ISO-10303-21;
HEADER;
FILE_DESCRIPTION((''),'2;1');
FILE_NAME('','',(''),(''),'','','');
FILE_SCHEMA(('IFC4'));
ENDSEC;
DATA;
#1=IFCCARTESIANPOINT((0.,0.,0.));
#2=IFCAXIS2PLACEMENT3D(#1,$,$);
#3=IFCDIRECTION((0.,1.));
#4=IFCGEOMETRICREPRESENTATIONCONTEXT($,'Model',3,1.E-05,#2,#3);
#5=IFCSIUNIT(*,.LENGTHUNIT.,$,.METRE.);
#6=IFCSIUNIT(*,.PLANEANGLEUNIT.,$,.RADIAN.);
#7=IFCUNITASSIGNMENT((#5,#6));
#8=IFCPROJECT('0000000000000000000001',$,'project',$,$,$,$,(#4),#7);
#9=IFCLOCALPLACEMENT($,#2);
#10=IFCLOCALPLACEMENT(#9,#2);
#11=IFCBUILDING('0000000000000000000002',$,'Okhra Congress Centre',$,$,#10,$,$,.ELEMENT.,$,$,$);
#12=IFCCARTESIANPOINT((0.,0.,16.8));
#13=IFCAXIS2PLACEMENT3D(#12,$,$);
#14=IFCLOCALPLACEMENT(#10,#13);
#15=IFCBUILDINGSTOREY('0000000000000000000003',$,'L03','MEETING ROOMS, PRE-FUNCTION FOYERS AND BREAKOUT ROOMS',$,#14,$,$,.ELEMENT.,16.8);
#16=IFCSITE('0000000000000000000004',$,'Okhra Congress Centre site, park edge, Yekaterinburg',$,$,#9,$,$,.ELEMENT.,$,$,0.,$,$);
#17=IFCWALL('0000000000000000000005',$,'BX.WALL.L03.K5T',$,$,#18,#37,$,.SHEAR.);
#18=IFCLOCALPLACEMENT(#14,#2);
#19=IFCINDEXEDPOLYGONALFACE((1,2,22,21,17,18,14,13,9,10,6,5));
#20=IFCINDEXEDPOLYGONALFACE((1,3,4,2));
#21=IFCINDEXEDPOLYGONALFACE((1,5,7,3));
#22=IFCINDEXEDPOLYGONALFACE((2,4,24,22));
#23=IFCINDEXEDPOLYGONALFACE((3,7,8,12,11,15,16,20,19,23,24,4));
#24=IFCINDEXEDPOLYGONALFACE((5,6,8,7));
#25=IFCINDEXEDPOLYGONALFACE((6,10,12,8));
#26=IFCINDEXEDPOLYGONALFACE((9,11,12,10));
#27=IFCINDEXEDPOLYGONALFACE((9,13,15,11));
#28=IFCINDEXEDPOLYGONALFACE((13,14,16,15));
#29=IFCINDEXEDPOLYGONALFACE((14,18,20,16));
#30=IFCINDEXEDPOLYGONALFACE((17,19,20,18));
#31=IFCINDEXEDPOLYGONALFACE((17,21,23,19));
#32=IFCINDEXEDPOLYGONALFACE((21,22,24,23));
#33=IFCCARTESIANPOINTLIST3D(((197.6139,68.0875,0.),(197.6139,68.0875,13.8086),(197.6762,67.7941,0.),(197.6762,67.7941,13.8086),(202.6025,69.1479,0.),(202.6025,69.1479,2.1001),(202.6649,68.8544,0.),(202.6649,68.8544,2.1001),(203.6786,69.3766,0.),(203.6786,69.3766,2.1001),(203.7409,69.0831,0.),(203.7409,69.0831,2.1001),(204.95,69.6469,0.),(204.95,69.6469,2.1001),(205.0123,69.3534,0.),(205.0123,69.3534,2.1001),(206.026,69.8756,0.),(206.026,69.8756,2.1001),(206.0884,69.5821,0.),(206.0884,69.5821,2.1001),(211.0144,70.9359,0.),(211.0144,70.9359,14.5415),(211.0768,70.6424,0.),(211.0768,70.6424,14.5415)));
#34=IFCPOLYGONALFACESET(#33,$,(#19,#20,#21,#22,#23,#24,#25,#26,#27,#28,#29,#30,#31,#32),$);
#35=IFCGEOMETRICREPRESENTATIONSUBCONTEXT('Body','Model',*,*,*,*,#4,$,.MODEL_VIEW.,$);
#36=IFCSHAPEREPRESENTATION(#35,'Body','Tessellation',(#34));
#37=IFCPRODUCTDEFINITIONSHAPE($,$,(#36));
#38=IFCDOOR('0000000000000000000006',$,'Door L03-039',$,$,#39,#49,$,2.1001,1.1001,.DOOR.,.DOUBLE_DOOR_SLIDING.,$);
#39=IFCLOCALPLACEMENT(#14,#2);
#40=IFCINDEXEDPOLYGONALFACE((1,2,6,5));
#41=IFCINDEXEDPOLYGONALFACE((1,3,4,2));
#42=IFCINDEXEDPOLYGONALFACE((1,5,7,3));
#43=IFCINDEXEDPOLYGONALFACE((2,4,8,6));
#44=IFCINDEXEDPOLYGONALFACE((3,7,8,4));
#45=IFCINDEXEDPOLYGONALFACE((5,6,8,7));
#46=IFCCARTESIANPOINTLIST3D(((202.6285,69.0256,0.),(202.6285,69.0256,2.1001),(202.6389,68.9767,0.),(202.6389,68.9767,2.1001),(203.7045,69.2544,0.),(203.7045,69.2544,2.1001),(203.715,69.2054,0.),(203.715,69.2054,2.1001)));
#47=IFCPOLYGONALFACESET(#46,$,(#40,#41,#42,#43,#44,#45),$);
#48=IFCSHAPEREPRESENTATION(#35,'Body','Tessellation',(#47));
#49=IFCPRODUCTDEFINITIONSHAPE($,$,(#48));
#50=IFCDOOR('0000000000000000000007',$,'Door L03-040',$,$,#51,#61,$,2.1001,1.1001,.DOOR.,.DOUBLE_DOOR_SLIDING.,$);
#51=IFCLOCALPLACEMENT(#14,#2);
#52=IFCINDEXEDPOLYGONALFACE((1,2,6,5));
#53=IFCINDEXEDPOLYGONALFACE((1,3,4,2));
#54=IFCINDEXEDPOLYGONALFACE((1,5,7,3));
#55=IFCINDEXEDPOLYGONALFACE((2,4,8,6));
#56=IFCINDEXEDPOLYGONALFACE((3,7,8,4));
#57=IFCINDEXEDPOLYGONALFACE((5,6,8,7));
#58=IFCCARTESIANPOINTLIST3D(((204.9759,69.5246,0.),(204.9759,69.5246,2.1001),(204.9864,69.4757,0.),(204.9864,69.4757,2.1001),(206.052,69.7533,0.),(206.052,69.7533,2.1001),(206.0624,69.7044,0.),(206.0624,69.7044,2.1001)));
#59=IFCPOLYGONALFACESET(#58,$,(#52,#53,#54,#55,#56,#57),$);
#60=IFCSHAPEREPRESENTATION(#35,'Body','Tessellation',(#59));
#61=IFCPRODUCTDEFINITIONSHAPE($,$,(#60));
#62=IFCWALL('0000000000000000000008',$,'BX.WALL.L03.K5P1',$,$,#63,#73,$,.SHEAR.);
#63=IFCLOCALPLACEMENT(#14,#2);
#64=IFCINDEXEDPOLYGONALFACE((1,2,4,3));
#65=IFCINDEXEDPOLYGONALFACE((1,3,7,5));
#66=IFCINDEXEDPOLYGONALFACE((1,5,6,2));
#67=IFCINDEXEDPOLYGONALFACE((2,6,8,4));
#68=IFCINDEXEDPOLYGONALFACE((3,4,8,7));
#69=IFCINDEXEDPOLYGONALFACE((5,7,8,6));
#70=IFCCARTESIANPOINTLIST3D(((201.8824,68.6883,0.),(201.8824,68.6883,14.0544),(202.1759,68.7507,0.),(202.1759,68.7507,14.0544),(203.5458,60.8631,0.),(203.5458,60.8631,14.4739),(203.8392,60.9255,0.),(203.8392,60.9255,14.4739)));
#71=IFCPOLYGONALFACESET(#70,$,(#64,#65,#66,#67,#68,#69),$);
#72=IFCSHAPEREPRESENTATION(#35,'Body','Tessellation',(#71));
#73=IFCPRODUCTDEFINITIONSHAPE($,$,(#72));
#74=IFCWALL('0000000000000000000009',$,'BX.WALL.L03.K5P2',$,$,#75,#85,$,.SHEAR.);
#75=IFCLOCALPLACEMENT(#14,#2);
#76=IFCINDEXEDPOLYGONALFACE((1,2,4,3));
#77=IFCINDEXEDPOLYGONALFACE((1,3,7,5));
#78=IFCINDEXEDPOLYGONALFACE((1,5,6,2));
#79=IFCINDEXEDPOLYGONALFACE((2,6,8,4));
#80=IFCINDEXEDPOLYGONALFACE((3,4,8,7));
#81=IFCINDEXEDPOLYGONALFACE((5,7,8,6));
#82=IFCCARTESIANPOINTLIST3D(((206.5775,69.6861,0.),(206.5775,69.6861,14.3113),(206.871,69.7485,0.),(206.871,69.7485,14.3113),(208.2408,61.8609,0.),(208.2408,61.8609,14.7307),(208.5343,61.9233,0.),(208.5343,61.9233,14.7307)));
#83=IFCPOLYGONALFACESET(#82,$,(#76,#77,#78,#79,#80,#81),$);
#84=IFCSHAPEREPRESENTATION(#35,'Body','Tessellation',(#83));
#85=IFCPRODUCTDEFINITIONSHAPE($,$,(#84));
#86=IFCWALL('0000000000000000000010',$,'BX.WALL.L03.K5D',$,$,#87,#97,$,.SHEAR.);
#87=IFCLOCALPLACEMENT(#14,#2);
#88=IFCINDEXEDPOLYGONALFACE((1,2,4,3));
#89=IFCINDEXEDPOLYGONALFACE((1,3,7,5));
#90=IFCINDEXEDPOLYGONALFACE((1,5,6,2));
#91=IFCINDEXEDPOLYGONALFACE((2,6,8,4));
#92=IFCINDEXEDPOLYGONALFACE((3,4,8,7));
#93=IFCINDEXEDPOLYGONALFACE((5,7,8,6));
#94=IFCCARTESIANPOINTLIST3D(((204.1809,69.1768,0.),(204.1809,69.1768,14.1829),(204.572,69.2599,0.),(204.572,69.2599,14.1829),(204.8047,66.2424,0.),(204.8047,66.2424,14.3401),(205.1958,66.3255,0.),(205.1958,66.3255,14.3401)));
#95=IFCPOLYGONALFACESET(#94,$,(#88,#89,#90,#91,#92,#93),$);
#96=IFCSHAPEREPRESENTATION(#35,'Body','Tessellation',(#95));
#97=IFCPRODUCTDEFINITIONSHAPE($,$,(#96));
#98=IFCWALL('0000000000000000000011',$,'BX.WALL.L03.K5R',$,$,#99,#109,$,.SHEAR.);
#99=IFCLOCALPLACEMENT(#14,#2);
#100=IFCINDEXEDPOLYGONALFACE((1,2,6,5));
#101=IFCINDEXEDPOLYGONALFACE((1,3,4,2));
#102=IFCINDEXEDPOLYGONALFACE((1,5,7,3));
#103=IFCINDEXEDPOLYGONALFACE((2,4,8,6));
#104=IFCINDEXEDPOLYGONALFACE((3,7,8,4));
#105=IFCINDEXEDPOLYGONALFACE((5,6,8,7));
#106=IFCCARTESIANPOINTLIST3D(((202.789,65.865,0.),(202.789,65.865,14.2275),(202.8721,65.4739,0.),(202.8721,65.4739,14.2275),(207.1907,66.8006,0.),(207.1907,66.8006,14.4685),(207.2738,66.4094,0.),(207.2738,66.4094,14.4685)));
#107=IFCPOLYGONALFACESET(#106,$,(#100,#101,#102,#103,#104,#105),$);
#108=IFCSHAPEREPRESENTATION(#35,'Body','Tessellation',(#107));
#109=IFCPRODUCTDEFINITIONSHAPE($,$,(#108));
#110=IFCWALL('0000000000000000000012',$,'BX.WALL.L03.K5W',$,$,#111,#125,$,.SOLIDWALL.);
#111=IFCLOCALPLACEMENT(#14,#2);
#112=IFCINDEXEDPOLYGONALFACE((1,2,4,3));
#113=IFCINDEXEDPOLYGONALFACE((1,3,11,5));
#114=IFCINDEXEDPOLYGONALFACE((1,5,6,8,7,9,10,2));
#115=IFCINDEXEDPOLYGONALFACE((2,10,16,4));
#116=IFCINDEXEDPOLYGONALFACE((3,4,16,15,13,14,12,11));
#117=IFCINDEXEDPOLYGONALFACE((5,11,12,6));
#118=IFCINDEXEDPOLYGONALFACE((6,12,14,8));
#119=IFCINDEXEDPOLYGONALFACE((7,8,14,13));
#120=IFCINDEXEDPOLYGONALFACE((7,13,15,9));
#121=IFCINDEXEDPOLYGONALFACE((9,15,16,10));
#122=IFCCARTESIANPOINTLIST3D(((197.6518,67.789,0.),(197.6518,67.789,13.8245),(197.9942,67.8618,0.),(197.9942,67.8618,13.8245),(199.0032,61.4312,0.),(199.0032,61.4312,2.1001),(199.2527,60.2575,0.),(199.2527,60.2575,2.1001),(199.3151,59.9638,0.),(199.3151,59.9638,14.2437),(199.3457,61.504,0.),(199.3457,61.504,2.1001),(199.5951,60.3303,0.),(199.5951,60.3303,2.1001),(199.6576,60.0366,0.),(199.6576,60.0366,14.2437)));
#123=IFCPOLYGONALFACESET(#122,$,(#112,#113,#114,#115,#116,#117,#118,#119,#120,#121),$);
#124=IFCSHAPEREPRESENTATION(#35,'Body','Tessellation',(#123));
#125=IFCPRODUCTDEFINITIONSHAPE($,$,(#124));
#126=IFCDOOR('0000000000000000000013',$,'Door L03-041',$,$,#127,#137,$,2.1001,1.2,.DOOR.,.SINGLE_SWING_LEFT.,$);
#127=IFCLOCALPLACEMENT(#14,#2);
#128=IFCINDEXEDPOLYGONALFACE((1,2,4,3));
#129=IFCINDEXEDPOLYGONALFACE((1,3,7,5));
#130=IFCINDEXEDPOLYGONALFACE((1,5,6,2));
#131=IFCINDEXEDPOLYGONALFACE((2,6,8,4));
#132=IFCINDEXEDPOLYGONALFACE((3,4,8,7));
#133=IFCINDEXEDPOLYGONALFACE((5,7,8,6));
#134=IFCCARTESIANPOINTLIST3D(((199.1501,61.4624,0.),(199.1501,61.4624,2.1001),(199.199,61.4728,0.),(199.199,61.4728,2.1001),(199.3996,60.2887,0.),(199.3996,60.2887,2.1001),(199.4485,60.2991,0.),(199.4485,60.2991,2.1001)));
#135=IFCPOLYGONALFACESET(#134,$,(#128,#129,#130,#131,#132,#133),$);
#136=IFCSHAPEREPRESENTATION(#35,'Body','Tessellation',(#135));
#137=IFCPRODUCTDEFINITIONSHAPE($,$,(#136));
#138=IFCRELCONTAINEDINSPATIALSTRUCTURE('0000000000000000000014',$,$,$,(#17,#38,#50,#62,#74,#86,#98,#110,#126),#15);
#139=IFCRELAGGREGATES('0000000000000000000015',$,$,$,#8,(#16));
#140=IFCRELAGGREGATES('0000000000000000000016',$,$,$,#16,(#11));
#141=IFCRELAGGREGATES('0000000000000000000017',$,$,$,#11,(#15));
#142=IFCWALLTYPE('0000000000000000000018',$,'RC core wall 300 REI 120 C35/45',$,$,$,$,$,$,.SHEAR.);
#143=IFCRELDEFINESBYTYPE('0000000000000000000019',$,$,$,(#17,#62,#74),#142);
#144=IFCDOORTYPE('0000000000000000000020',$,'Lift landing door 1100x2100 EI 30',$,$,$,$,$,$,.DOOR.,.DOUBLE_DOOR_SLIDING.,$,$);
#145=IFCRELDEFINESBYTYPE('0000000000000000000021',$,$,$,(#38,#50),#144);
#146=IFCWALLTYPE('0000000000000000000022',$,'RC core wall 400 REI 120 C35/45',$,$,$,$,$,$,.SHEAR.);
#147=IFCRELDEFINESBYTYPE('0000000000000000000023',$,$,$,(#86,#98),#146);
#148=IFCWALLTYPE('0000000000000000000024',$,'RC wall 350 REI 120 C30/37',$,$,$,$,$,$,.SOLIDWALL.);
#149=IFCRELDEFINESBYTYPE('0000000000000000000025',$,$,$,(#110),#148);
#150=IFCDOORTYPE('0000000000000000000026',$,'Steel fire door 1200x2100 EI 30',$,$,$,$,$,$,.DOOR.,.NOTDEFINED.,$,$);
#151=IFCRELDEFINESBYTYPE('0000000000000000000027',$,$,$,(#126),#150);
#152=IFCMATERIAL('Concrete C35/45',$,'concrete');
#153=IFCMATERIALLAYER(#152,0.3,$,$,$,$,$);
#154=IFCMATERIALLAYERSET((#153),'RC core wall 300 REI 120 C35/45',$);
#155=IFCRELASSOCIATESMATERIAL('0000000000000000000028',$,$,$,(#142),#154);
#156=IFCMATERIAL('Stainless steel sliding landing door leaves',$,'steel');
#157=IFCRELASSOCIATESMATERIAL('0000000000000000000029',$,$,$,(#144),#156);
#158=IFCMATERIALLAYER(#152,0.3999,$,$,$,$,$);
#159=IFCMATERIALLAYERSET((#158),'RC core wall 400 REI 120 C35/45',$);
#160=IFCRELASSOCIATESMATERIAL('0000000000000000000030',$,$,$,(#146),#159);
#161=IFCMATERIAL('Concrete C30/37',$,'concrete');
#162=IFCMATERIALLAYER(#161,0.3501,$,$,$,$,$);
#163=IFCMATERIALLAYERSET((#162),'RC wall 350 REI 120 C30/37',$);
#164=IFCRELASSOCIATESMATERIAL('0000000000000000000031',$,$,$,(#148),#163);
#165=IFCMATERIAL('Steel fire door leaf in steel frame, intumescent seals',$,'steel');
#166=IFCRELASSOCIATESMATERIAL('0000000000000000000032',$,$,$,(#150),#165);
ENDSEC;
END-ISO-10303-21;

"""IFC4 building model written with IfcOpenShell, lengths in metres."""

from ifc_helpers import new_model, si_unit, direction, frame, frame_2d, origin, place, context, subcontext, project, spatial, polyline, rectangle, outline, extrude, material, layer, layer_set, type_object, element, fill, save


model = new_model("IFC4")

# Units and contexts
model_context = context("Model", 3, precision=1e-05, world=origin(), true_north=direction((0.0, 1.0)))
body_context = subcontext(model_context, "Body", "Model", "MODEL_VIEW")
ifc_project = project(units=[si_unit("LENGTHUNIT", "METRE"), si_unit("PLANEANGLEUNIT", "RADIAN")], contexts=[model_context])

# Site, building, storey
site_placement = place(None, origin())
site = spatial("IfcSite", under=ifc_project, at=site_placement, Name="Okhra Congress Centre site, park edge, Yekaterinburg", CompositionType="ELEMENT", RefElevation=0.0)
building_placement = place(site_placement, origin())
building = spatial("IfcBuilding", under=site, at=building_placement, Name="Okhra Congress Centre", CompositionType="ELEMENT")
storey_placement = place(building_placement, frame((0.0, 0.0, 16.8)))
storey = spatial("IfcBuildingStorey", under=building, at=storey_placement, Name="L03", Description="MEETING ROOMS, PRE-FUNCTION FOYERS AND BREAKOUT ROOMS", CompositionType="ELEMENT", Elevation=16.8)

# Shared definitions
ifc_material_1 = material(Name="Concrete C35/45", Category="concrete")
ifc_layer_1 = layer(ifc_material_1, 0.3)
ifc_layer_set_1 = layer_set([ifc_layer_1], Name="RC core wall 300 REI 120 C35/45")
wall_type_1 = type_object("IfcWallType", Name="RC core wall 300 REI 120 C35/45", PredefinedType="SHEAR", material=ifc_layer_set_1)
ifc_material_2 = material(Name="Steel fire door leaf in steel frame, intumescent seals", Category="steel")

# Wall, openings, doors
wall_1_placement = place(storey_placement, frame((197.645, 67.9409, 0.0), z_axis=(0.0, 0.0, 1.0), x_axis=(0.978148, 0.207911, 0.0)))
wall_1 = element("IfcWall", 1, at=wall_1_placement, inside=storey, type_object=wall_type_1, Name="BX.WALL.L03.K5T", PredefinedType="SHEAR", context=body_context, shape_type="SweptSolid", body=[
    extrude(outline(polyline([(0.0, 0.0), (13.7, 0.0), (13.7, 14.5415), (0.0, 13.8086), (0.0, 0.0)])), frame((0.0, 0.1499, 0.0), z_axis=(0.0, -1.0, 0.0), x_axis=(1.0, 0.0, 0.0)), (0.0, 0.0, 1.0), 0.3),
])
opening_1_placement = place(wall_1_placement, frame((5.1001, 0.0, 0.0)))
opening_1 = element("IfcOpeningElement", 2, at=opening_1_placement, cuts=wall_1, PredefinedType="OPENING", context=body_context, shape_type="SweptSolid", body=[
    extrude(rectangle(XDim=1.1001, YDim=2.1001, at=frame_2d((0.55, 1.05))), frame((0.0, 0.1599, 0.0), z_axis=(0.0, -1.0, 0.0), x_axis=(1.0, 0.0, 0.0)), (0.0, 0.0, 1.0), 0.3201),
])
opening_2_placement = place(wall_1_placement, frame((7.5, 0.0, 0.0)))
opening_2 = element("IfcOpeningElement", 3, at=opening_2_placement, cuts=wall_1, PredefinedType="OPENING", context=body_context, shape_type="SweptSolid", body=[
    extrude(rectangle(XDim=1.1001, YDim=2.1001, at=frame_2d((0.55, 1.05))), frame((0.0, 0.1599, 0.0), z_axis=(0.0, -1.0, 0.0), x_axis=(1.0, 0.0, 0.0)), (0.0, 0.0, 1.0), 0.3201),
])
ifc_material_3 = material(Name="Stainless steel sliding landing door leaves", Category="steel")
door_type_1 = type_object("IfcDoorType", Name="Lift landing door 1100x2100 EI 30", OperationType="DOUBLE_DOOR_SLIDING", PredefinedType="DOOR", material=ifc_material_3)
door_1_placement = place(opening_1_placement, origin())
door_1 = element("IfcDoor", 4, at=door_1_placement, inside=storey, type_object=door_type_1, Name="Door L03-039", OperationType="DOUBLE_DOOR_SLIDING", OverallHeight=2.1001, OverallWidth=1.1001, PredefinedType="DOOR", context=body_context, shape_type="SweptSolid", body=[
    extrude(rectangle(XDim=1.1001, YDim=2.1001, at=frame_2d((0.55, 1.05))), frame((0.0, 0.0249, 0.0), z_axis=(0.0, -1.0, 0.0), x_axis=(1.0, 0.0, 0.0)), (0.0, 0.0, 1.0), 0.05),
])
fill(opening_1, door_1)
door_2_placement = place(opening_2_placement, origin())
door_2 = element("IfcDoor", 5, at=door_2_placement, inside=storey, type_object=door_type_1, Name="Door L03-040", OperationType="DOUBLE_DOOR_SLIDING", OverallHeight=2.1001, OverallWidth=1.1001, PredefinedType="DOOR", context=body_context, shape_type="SweptSolid", body=[
    extrude(rectangle(XDim=1.1001, YDim=2.1001, at=frame_2d((0.55, 1.05))), frame((0.0, 0.0249, 0.0), z_axis=(0.0, -1.0, 0.0), x_axis=(1.0, 0.0, 0.0)), (0.0, 0.0, 1.0), 0.05),
])
fill(opening_2, door_2)

# Walls
wall_2_placement = place(storey_placement, frame((203.6924, 60.8943, 0.0), z_axis=(0.0, 0.0, 1.0), x_axis=(-0.207916, 0.978147, 0.0)))
element("IfcWall", 6, at=wall_2_placement, inside=storey, type_object=wall_type_1, Name="BX.WALL.L03.K5P1", PredefinedType="SHEAR", context=body_context, shape_type="SweptSolid", body=[
    extrude(outline(polyline([(0.0, 0.0), (8.0, 0.0), (8.0, 14.0544), (0.0, 14.4739), (0.0, 0.0)])), frame((0.0, 0.1499, 0.0), z_axis=(0.0, -1.0, 0.0), x_axis=(1.0, 0.0, 0.0)), (0.0, 0.0, 1.0), 0.3),
])
wall_3_placement = place(storey_placement, frame((208.3875, 61.8921, 0.0), z_axis=(0.0, 0.0, 1.0), x_axis=(-0.207916, 0.978147, 0.0)))
element("IfcWall", 7, at=wall_3_placement, inside=storey, type_object=wall_type_1, Name="BX.WALL.L03.K5P2", PredefinedType="SHEAR", context=body_context, shape_type="SweptSolid", body=[
    extrude(outline(polyline([(0.0, 0.0), (8.0, 0.0), (8.0, 14.3113), (0.0, 14.7307), (0.0, 0.0)])), frame((0.0, 0.1499, 0.0), z_axis=(0.0, -1.0, 0.0), x_axis=(1.0, 0.0, 0.0)), (0.0, 0.0, 1.0), 0.3),
])
ifc_layer_2 = layer(ifc_material_1, 0.3999)
ifc_layer_set_2 = layer_set([ifc_layer_2], Name="RC core wall 400 REI 120 C35/45")
wall_type_2 = type_object("IfcWallType", Name="RC core wall 400 REI 120 C35/45", PredefinedType="SHEAR", material=ifc_layer_set_2)
wall_4_placement = place(storey_placement, frame((205.0002, 66.2839, 0.0), z_axis=(0.0, 0.0, 1.0), x_axis=(-0.207934, 0.978143, 0.0)))
element("IfcWall", 8, at=wall_4_placement, inside=storey, type_object=wall_type_2, Name="BX.WALL.L03.K5D", PredefinedType="SHEAR", context=body_context, shape_type="SweptSolid", body=[
    extrude(outline(polyline([(0.0, 0.0), (3.0, 0.0), (3.0, 14.1829), (0.0, 14.3401), (0.0, 0.0)])), frame((0.0, 0.2, 0.0), z_axis=(0.0, -1.0, 0.0), x_axis=(1.0, 0.0, 0.0)), (0.0, 0.0, 1.0), 0.3999),
])
wall_5_placement = place(storey_placement, frame((202.8306, 65.6694, 0.0), z_axis=(0.0, 0.0, 1.0), x_axis=(0.97815, 0.207902, 0.0)))
element("IfcWall", 9, at=wall_5_placement, inside=storey, type_object=wall_type_2, Name="BX.WALL.L03.K5R", PredefinedType="SHEAR", context=body_context, shape_type="SweptSolid", body=[
    extrude(outline(polyline([(0.0, 0.0), (4.5, 0.0), (4.5, 14.4685), (0.0, 14.2275), (0.0, 0.0)])), frame((0.0, 0.2, 0.0), z_axis=(0.0, -1.0, 0.0), x_axis=(1.0, 0.0, 0.0)), (0.0, 0.0, 1.0), 0.3999),
])

# Wall, opening, door
ifc_material_4 = material(Name="Concrete C30/37", Category="concrete")
ifc_layer_3 = layer(ifc_material_4, 0.3501)
ifc_layer_set_3 = layer_set([ifc_layer_3], Name="RC wall 350 REI 120 C30/37")
wall_type_3 = type_object("IfcWallType", Name="RC wall 350 REI 120 C30/37", PredefinedType="SOLIDWALL", material=ifc_layer_set_3)
wall_6_placement = place(storey_placement, frame((199.4863, 60.0002, 0.0), z_axis=(0.0, 0.0, 1.0), x_axis=(-0.207916, 0.978147, 0.0)))
wall_6 = element("IfcWall", 10, at=wall_6_placement, inside=storey, type_object=wall_type_3, Name="BX.WALL.L03.K5W", PredefinedType="SOLIDWALL", context=body_context, shape_type="SweptSolid", body=[
    extrude(outline(polyline([(0.0, 0.0), (8.0, 0.0), (8.0, 13.8245), (0.0, 14.2437), (0.0, 0.0)])), frame((0.0, 0.175, 0.0), z_axis=(0.0, -1.0, 0.0), x_axis=(1.0, 0.0, 0.0)), (0.0, 0.0, 1.0), 0.3501),
])
opening_3_placement = place(wall_6_placement, frame((0.3, 0.0, 0.0)))
opening_3 = element("IfcOpeningElement", 11, at=opening_3_placement, cuts=wall_6, PredefinedType="OPENING", context=body_context, shape_type="SweptSolid", body=[
    extrude(rectangle(XDim=1.2, YDim=2.1001, at=frame_2d((0.6001, 1.05))), frame((0.0, 0.1851, 0.0), z_axis=(0.0, -1.0, 0.0), x_axis=(1.0, 0.0, 0.0)), (0.0, 0.0, 1.0), 0.3701),
])
door_type_2 = type_object("IfcDoorType", Name="Steel fire door 1200x2100 EI 30", OperationType="NOTDEFINED", PredefinedType="DOOR", material=ifc_material_2)
door_3_placement = place(opening_3_placement, origin())
door_3 = element("IfcDoor", 12, at=door_3_placement, inside=storey, type_object=door_type_2, Name="Door L03-041", OperationType="SINGLE_SWING_LEFT", OverallHeight=2.1001, OverallWidth=1.2, PredefinedType="DOOR", context=body_context, shape_type="SweptSolid", body=[
    extrude(rectangle(XDim=1.2, YDim=2.1001, at=frame_2d((0.6001, 1.05))), frame((0.0, 0.0249, 0.0), z_axis=(0.0, -1.0, 0.0), x_axis=(1.0, 0.0, 0.0)), (0.0, 0.0, 1.0), 0.05),
])
fill(opening_3, door_3)

save(model, "model.ifc")
